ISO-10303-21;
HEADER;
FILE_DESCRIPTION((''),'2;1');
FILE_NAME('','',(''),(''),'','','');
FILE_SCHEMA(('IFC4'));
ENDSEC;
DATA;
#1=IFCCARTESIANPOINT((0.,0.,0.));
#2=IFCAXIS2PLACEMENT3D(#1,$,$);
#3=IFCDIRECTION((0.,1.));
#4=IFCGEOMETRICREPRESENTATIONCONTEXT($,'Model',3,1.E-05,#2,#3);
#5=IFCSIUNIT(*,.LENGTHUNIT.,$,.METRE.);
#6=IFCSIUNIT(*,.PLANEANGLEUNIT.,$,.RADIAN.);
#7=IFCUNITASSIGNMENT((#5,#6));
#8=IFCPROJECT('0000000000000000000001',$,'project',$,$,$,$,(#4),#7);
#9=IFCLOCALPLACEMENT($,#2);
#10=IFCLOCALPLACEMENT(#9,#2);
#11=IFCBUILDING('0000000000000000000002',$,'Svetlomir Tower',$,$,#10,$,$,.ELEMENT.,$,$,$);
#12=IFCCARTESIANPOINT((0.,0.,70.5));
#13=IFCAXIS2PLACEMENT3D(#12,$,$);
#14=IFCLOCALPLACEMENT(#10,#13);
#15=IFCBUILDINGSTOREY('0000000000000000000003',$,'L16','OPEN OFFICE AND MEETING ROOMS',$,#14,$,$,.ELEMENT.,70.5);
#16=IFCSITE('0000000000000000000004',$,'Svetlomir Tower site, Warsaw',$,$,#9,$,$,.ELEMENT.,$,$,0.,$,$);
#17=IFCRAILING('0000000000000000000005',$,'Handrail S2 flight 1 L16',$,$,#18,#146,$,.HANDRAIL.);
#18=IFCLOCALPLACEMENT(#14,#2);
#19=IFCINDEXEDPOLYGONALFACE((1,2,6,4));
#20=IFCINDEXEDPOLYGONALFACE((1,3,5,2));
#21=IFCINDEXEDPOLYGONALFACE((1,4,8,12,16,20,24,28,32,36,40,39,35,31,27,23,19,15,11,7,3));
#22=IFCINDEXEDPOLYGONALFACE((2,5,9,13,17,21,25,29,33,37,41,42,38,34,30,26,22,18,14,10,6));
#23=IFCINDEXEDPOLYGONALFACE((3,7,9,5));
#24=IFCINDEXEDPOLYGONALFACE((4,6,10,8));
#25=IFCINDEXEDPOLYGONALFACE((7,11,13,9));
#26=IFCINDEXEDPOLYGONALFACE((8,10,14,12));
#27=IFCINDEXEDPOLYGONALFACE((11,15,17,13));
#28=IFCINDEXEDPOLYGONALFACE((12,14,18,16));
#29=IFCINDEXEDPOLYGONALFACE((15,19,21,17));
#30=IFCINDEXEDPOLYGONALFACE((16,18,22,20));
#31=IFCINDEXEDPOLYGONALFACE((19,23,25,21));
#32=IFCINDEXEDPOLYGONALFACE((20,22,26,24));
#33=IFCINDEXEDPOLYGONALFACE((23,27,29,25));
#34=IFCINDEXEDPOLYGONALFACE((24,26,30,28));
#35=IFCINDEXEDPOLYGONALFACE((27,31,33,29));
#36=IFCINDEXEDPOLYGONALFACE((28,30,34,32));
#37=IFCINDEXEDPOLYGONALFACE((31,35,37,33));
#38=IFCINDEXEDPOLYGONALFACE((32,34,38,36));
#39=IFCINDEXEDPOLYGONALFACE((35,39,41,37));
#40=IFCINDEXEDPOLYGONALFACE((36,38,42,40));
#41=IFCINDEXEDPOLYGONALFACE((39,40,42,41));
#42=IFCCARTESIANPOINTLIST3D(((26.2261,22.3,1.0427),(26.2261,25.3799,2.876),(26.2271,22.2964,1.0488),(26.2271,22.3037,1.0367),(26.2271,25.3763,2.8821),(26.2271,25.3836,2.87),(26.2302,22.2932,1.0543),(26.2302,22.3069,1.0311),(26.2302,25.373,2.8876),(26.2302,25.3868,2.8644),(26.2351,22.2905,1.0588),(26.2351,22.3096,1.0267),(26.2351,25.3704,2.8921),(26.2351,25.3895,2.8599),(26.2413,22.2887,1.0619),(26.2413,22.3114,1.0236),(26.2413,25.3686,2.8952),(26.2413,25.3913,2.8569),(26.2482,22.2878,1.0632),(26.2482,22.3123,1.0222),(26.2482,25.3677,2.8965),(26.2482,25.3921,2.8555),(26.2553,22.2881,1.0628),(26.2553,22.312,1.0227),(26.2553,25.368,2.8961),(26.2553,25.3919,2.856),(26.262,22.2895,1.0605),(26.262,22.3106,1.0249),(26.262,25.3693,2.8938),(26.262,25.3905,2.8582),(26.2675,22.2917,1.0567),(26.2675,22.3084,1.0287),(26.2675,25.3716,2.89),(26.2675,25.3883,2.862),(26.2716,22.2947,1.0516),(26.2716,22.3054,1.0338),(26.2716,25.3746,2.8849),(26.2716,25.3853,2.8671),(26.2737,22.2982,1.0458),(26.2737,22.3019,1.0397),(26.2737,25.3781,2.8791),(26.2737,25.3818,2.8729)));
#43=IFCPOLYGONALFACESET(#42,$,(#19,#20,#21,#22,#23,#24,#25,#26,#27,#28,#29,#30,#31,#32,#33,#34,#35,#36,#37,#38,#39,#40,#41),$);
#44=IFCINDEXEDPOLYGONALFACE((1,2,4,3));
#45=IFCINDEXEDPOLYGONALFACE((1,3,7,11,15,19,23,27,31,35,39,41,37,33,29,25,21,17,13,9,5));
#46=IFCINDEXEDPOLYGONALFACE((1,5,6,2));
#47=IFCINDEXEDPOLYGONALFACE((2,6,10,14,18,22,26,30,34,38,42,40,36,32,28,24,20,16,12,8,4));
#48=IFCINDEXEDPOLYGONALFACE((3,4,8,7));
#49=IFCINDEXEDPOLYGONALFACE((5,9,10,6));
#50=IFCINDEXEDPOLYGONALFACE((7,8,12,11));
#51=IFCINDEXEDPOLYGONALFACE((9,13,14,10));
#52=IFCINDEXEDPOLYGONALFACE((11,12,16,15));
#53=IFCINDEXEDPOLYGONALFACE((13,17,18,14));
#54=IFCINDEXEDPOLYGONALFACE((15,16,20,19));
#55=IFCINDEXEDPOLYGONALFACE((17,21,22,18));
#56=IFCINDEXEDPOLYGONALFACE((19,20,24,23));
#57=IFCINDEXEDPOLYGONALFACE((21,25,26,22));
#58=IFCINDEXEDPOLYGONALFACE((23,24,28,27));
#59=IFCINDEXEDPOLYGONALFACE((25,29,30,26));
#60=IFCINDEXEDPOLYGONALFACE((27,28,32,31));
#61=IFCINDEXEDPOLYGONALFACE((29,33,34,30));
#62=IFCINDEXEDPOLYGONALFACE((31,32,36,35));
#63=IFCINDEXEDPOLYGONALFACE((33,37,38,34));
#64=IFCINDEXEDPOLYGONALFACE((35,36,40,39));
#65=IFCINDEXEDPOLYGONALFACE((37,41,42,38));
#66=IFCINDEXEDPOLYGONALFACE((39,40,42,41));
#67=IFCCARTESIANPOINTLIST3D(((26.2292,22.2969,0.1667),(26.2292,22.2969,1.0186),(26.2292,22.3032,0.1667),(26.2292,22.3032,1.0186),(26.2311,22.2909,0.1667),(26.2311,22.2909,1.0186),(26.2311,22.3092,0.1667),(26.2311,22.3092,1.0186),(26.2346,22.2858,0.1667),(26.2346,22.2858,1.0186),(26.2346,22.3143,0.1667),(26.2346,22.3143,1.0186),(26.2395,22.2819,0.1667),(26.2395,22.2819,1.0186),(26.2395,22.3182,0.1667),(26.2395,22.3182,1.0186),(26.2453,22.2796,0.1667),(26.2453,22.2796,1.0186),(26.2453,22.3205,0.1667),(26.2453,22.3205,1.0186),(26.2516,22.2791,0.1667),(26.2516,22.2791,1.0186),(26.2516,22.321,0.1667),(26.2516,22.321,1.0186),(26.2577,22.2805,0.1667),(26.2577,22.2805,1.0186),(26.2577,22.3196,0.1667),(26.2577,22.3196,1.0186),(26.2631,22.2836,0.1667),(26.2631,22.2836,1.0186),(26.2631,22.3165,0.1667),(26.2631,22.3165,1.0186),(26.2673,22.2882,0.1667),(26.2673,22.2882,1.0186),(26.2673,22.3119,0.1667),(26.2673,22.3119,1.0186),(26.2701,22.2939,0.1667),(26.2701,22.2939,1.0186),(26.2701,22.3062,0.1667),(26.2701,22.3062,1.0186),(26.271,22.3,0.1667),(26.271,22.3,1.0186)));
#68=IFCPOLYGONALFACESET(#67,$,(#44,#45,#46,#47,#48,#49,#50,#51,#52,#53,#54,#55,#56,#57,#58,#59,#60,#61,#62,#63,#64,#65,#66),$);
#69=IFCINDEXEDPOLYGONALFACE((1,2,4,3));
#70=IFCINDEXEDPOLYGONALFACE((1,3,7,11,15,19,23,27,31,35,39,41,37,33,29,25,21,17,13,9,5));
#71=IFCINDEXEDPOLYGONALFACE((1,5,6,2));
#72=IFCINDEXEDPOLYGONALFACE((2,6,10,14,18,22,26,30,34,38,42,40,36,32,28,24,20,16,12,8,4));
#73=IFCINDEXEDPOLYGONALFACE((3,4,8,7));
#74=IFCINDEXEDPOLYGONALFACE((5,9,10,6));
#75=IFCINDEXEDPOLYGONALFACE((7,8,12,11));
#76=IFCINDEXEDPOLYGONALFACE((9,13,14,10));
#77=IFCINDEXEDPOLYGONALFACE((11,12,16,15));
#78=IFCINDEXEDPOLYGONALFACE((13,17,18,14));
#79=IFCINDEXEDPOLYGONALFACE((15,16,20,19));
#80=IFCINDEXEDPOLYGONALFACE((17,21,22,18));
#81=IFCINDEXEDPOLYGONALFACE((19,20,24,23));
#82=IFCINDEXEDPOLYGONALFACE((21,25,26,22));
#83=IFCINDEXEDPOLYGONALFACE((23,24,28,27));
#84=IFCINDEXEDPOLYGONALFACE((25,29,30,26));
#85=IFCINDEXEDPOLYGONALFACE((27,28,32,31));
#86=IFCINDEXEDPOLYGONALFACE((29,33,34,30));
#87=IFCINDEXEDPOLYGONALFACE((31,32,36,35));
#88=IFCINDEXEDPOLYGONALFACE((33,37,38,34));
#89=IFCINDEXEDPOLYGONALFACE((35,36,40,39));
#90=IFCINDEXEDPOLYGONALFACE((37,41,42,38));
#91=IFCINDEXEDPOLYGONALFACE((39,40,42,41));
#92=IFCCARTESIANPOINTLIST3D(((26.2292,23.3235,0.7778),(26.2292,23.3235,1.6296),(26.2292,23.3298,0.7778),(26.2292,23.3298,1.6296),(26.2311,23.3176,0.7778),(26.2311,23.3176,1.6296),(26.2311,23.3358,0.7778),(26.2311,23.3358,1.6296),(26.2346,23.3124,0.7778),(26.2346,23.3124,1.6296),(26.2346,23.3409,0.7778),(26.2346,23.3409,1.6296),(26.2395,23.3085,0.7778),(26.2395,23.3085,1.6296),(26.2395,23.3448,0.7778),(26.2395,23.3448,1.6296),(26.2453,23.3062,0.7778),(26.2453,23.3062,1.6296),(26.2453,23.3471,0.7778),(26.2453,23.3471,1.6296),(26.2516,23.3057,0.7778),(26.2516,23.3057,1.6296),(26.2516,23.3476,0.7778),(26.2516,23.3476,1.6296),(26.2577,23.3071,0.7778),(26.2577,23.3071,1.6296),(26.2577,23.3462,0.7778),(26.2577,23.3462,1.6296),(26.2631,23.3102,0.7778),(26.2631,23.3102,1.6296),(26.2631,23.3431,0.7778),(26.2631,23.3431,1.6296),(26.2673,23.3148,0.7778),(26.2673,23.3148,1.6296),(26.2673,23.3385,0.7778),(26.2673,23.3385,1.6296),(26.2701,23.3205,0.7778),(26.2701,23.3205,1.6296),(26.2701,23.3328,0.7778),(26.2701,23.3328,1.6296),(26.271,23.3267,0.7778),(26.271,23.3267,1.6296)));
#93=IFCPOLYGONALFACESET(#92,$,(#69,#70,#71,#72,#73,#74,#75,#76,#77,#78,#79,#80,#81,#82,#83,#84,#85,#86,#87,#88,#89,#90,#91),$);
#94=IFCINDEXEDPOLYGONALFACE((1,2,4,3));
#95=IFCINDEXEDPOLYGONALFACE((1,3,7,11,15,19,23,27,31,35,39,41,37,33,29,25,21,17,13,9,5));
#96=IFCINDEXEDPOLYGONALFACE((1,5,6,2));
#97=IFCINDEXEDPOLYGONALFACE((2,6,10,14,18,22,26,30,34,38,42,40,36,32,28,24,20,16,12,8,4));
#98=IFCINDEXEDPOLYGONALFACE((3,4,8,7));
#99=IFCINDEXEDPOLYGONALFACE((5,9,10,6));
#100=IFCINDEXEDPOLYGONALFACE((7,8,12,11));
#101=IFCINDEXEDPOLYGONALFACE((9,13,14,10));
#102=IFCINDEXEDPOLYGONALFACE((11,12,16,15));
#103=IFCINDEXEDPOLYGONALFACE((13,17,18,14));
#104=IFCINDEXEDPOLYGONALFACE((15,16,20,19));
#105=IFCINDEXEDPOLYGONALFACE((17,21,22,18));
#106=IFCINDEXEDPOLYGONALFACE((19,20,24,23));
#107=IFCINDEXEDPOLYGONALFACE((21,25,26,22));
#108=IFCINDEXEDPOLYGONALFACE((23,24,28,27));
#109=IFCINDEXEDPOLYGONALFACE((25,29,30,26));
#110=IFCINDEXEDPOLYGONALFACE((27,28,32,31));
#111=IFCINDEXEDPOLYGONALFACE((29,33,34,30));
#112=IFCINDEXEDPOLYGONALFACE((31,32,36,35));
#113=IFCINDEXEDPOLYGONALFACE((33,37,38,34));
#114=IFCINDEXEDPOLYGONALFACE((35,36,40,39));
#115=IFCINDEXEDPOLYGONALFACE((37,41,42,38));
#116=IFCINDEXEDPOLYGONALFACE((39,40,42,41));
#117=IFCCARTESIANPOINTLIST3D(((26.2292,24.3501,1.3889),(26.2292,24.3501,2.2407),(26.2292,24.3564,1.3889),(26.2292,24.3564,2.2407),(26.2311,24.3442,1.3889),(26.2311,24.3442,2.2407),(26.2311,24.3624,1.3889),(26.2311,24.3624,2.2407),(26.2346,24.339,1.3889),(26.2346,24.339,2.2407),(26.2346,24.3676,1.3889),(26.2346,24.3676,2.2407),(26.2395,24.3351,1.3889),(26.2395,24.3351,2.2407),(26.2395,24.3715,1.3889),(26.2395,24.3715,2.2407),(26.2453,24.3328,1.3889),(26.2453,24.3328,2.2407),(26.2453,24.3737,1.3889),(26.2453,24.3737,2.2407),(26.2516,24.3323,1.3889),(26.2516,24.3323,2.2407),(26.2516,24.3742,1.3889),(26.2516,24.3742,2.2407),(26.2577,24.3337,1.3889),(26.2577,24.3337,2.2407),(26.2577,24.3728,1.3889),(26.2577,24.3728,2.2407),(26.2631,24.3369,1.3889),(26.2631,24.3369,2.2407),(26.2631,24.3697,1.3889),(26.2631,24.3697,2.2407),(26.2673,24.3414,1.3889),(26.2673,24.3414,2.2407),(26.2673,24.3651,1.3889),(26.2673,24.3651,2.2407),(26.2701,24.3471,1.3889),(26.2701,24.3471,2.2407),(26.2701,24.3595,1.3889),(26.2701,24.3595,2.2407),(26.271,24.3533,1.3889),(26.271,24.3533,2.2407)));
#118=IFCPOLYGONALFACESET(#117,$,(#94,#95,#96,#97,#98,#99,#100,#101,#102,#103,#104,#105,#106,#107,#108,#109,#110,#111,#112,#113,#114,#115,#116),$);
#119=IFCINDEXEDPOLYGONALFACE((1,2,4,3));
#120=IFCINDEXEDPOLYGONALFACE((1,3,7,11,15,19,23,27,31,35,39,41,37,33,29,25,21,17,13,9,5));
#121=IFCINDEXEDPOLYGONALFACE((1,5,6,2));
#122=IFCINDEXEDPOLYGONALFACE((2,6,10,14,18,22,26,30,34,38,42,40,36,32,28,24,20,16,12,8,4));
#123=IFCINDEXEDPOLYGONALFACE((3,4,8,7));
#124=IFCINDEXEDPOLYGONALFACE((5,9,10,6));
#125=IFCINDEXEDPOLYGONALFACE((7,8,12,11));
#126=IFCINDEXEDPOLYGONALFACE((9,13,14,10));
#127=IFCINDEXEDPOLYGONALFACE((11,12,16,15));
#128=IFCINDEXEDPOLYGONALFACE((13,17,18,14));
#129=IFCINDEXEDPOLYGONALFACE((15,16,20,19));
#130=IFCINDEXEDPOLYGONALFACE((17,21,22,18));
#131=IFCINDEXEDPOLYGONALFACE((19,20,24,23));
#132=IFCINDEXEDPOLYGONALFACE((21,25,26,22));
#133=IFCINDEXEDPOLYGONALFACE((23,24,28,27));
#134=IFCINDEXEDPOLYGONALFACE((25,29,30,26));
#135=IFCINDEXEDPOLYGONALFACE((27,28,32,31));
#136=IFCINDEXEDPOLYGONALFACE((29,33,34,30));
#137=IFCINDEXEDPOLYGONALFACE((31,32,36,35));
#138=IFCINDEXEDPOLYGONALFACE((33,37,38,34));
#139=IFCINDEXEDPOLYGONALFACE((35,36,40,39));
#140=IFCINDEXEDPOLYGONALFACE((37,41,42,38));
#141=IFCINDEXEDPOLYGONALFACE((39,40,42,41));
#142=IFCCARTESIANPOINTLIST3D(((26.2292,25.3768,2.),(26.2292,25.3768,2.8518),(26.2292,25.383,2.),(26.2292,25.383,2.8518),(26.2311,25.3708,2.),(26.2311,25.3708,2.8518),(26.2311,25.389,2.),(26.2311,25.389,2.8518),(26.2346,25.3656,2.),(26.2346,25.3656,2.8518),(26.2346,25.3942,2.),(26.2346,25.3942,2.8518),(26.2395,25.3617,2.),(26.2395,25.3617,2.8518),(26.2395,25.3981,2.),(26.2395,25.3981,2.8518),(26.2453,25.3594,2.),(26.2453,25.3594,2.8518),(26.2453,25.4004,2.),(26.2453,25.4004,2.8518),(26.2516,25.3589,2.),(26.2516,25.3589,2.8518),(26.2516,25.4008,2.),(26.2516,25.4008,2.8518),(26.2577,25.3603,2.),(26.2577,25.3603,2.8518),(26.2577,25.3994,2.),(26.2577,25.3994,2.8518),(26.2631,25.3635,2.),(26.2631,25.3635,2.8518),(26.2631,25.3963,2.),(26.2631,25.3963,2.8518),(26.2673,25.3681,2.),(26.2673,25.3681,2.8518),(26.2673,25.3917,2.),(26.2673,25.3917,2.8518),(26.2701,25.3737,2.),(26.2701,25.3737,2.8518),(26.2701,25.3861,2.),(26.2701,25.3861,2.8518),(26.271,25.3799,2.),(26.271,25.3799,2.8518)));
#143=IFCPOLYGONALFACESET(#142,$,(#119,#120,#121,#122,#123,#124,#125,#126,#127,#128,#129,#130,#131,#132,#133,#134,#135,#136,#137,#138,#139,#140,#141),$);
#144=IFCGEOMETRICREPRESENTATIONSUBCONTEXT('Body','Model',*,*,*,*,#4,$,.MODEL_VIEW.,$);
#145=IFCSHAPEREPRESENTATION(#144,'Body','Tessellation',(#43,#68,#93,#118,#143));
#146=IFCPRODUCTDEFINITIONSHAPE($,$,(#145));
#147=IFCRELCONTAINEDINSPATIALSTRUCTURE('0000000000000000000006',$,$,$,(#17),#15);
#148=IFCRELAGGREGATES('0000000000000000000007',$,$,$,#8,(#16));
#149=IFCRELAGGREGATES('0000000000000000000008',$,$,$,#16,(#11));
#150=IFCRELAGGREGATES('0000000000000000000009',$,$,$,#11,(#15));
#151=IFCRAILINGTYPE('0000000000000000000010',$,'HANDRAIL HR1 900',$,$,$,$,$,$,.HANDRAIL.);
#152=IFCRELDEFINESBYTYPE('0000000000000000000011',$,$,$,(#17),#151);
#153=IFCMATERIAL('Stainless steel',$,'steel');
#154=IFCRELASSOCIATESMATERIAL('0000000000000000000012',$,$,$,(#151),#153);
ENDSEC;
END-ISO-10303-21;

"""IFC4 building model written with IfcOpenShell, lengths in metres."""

from ifc_helpers import new_model, si_unit, direction, frame, origin, origin_2d, place, context, subcontext, project, spatial, circle, extrude, material, type_object, element, save


model = new_model("IFC4")

# Units and contexts
model_context = context("Model", 3, precision=1e-05, world=origin(), true_north=direction((0.0, 1.0)))
body_context = subcontext(model_context, "Body", "Model", "MODEL_VIEW")
ifc_project = project(units=[si_unit("LENGTHUNIT", "METRE"), si_unit("PLANEANGLEUNIT", "RADIAN")], contexts=[model_context])

# Site, building, storey
site_placement = place(None, origin())
site = spatial("IfcSite", under=ifc_project, at=site_placement, Name="Svetlomir Tower site, Warsaw", CompositionType="ELEMENT", RefElevation=0.0)
building_placement = place(site_placement, origin())
building = spatial("IfcBuilding", under=site, at=building_placement, Name="Svetlomir Tower", CompositionType="ELEMENT")
storey_placement = place(building_placement, frame((0.0, 0.0, 70.5)))
storey = spatial("IfcBuildingStorey", under=building, at=storey_placement, Name="L16", Description="OPEN OFFICE AND MEETING ROOMS", CompositionType="ELEMENT", Elevation=70.5)

# Railing
ifc_material_1 = material(Name="Stainless steel", Category="steel")
railing_type = type_object("IfcRailingType", Name="HANDRAIL HR1 900", PredefinedType="HANDRAIL", material=ifc_material_1)
railing_1_placement = place(storey_placement, frame((26.25, 22.3, 0.1667)))
element("IfcRailing", 1, at=railing_1_placement, inside=storey, type_object=railing_type, Name="Handrail S2 flight 1 L16", PredefinedType="HANDRAIL", context=body_context, shape_type="SweptSolid", body=[
    extrude(circle(Radius=0.0239, at=origin_2d()), frame((0.0, 0.0, 0.876), z_axis=(0.0, 0.859291, 0.511487), x_axis=(-1.0, 0.0, 0.0)), (0.0, 0.0, 1.0), 3.5842),
    extrude(circle(Radius=0.021, at=origin_2d()), origin(), (0.0, 0.0, 1.0), 0.8518),
    extrude(circle(Radius=0.021, at=origin_2d()), frame((0.0, 1.0266, 0.6111)), (0.0, 0.0, 1.0), 0.8518),
    extrude(circle(Radius=0.021, at=origin_2d()), frame((0.0, 2.0532, 1.2222)), (0.0, 0.0, 1.0), 0.8518),
    extrude(circle(Radius=0.021, at=origin_2d()), frame((0.0, 3.0798, 1.8333)), (0.0, 0.0, 1.0), 0.8518),
])

save(model, "model.ifc")
